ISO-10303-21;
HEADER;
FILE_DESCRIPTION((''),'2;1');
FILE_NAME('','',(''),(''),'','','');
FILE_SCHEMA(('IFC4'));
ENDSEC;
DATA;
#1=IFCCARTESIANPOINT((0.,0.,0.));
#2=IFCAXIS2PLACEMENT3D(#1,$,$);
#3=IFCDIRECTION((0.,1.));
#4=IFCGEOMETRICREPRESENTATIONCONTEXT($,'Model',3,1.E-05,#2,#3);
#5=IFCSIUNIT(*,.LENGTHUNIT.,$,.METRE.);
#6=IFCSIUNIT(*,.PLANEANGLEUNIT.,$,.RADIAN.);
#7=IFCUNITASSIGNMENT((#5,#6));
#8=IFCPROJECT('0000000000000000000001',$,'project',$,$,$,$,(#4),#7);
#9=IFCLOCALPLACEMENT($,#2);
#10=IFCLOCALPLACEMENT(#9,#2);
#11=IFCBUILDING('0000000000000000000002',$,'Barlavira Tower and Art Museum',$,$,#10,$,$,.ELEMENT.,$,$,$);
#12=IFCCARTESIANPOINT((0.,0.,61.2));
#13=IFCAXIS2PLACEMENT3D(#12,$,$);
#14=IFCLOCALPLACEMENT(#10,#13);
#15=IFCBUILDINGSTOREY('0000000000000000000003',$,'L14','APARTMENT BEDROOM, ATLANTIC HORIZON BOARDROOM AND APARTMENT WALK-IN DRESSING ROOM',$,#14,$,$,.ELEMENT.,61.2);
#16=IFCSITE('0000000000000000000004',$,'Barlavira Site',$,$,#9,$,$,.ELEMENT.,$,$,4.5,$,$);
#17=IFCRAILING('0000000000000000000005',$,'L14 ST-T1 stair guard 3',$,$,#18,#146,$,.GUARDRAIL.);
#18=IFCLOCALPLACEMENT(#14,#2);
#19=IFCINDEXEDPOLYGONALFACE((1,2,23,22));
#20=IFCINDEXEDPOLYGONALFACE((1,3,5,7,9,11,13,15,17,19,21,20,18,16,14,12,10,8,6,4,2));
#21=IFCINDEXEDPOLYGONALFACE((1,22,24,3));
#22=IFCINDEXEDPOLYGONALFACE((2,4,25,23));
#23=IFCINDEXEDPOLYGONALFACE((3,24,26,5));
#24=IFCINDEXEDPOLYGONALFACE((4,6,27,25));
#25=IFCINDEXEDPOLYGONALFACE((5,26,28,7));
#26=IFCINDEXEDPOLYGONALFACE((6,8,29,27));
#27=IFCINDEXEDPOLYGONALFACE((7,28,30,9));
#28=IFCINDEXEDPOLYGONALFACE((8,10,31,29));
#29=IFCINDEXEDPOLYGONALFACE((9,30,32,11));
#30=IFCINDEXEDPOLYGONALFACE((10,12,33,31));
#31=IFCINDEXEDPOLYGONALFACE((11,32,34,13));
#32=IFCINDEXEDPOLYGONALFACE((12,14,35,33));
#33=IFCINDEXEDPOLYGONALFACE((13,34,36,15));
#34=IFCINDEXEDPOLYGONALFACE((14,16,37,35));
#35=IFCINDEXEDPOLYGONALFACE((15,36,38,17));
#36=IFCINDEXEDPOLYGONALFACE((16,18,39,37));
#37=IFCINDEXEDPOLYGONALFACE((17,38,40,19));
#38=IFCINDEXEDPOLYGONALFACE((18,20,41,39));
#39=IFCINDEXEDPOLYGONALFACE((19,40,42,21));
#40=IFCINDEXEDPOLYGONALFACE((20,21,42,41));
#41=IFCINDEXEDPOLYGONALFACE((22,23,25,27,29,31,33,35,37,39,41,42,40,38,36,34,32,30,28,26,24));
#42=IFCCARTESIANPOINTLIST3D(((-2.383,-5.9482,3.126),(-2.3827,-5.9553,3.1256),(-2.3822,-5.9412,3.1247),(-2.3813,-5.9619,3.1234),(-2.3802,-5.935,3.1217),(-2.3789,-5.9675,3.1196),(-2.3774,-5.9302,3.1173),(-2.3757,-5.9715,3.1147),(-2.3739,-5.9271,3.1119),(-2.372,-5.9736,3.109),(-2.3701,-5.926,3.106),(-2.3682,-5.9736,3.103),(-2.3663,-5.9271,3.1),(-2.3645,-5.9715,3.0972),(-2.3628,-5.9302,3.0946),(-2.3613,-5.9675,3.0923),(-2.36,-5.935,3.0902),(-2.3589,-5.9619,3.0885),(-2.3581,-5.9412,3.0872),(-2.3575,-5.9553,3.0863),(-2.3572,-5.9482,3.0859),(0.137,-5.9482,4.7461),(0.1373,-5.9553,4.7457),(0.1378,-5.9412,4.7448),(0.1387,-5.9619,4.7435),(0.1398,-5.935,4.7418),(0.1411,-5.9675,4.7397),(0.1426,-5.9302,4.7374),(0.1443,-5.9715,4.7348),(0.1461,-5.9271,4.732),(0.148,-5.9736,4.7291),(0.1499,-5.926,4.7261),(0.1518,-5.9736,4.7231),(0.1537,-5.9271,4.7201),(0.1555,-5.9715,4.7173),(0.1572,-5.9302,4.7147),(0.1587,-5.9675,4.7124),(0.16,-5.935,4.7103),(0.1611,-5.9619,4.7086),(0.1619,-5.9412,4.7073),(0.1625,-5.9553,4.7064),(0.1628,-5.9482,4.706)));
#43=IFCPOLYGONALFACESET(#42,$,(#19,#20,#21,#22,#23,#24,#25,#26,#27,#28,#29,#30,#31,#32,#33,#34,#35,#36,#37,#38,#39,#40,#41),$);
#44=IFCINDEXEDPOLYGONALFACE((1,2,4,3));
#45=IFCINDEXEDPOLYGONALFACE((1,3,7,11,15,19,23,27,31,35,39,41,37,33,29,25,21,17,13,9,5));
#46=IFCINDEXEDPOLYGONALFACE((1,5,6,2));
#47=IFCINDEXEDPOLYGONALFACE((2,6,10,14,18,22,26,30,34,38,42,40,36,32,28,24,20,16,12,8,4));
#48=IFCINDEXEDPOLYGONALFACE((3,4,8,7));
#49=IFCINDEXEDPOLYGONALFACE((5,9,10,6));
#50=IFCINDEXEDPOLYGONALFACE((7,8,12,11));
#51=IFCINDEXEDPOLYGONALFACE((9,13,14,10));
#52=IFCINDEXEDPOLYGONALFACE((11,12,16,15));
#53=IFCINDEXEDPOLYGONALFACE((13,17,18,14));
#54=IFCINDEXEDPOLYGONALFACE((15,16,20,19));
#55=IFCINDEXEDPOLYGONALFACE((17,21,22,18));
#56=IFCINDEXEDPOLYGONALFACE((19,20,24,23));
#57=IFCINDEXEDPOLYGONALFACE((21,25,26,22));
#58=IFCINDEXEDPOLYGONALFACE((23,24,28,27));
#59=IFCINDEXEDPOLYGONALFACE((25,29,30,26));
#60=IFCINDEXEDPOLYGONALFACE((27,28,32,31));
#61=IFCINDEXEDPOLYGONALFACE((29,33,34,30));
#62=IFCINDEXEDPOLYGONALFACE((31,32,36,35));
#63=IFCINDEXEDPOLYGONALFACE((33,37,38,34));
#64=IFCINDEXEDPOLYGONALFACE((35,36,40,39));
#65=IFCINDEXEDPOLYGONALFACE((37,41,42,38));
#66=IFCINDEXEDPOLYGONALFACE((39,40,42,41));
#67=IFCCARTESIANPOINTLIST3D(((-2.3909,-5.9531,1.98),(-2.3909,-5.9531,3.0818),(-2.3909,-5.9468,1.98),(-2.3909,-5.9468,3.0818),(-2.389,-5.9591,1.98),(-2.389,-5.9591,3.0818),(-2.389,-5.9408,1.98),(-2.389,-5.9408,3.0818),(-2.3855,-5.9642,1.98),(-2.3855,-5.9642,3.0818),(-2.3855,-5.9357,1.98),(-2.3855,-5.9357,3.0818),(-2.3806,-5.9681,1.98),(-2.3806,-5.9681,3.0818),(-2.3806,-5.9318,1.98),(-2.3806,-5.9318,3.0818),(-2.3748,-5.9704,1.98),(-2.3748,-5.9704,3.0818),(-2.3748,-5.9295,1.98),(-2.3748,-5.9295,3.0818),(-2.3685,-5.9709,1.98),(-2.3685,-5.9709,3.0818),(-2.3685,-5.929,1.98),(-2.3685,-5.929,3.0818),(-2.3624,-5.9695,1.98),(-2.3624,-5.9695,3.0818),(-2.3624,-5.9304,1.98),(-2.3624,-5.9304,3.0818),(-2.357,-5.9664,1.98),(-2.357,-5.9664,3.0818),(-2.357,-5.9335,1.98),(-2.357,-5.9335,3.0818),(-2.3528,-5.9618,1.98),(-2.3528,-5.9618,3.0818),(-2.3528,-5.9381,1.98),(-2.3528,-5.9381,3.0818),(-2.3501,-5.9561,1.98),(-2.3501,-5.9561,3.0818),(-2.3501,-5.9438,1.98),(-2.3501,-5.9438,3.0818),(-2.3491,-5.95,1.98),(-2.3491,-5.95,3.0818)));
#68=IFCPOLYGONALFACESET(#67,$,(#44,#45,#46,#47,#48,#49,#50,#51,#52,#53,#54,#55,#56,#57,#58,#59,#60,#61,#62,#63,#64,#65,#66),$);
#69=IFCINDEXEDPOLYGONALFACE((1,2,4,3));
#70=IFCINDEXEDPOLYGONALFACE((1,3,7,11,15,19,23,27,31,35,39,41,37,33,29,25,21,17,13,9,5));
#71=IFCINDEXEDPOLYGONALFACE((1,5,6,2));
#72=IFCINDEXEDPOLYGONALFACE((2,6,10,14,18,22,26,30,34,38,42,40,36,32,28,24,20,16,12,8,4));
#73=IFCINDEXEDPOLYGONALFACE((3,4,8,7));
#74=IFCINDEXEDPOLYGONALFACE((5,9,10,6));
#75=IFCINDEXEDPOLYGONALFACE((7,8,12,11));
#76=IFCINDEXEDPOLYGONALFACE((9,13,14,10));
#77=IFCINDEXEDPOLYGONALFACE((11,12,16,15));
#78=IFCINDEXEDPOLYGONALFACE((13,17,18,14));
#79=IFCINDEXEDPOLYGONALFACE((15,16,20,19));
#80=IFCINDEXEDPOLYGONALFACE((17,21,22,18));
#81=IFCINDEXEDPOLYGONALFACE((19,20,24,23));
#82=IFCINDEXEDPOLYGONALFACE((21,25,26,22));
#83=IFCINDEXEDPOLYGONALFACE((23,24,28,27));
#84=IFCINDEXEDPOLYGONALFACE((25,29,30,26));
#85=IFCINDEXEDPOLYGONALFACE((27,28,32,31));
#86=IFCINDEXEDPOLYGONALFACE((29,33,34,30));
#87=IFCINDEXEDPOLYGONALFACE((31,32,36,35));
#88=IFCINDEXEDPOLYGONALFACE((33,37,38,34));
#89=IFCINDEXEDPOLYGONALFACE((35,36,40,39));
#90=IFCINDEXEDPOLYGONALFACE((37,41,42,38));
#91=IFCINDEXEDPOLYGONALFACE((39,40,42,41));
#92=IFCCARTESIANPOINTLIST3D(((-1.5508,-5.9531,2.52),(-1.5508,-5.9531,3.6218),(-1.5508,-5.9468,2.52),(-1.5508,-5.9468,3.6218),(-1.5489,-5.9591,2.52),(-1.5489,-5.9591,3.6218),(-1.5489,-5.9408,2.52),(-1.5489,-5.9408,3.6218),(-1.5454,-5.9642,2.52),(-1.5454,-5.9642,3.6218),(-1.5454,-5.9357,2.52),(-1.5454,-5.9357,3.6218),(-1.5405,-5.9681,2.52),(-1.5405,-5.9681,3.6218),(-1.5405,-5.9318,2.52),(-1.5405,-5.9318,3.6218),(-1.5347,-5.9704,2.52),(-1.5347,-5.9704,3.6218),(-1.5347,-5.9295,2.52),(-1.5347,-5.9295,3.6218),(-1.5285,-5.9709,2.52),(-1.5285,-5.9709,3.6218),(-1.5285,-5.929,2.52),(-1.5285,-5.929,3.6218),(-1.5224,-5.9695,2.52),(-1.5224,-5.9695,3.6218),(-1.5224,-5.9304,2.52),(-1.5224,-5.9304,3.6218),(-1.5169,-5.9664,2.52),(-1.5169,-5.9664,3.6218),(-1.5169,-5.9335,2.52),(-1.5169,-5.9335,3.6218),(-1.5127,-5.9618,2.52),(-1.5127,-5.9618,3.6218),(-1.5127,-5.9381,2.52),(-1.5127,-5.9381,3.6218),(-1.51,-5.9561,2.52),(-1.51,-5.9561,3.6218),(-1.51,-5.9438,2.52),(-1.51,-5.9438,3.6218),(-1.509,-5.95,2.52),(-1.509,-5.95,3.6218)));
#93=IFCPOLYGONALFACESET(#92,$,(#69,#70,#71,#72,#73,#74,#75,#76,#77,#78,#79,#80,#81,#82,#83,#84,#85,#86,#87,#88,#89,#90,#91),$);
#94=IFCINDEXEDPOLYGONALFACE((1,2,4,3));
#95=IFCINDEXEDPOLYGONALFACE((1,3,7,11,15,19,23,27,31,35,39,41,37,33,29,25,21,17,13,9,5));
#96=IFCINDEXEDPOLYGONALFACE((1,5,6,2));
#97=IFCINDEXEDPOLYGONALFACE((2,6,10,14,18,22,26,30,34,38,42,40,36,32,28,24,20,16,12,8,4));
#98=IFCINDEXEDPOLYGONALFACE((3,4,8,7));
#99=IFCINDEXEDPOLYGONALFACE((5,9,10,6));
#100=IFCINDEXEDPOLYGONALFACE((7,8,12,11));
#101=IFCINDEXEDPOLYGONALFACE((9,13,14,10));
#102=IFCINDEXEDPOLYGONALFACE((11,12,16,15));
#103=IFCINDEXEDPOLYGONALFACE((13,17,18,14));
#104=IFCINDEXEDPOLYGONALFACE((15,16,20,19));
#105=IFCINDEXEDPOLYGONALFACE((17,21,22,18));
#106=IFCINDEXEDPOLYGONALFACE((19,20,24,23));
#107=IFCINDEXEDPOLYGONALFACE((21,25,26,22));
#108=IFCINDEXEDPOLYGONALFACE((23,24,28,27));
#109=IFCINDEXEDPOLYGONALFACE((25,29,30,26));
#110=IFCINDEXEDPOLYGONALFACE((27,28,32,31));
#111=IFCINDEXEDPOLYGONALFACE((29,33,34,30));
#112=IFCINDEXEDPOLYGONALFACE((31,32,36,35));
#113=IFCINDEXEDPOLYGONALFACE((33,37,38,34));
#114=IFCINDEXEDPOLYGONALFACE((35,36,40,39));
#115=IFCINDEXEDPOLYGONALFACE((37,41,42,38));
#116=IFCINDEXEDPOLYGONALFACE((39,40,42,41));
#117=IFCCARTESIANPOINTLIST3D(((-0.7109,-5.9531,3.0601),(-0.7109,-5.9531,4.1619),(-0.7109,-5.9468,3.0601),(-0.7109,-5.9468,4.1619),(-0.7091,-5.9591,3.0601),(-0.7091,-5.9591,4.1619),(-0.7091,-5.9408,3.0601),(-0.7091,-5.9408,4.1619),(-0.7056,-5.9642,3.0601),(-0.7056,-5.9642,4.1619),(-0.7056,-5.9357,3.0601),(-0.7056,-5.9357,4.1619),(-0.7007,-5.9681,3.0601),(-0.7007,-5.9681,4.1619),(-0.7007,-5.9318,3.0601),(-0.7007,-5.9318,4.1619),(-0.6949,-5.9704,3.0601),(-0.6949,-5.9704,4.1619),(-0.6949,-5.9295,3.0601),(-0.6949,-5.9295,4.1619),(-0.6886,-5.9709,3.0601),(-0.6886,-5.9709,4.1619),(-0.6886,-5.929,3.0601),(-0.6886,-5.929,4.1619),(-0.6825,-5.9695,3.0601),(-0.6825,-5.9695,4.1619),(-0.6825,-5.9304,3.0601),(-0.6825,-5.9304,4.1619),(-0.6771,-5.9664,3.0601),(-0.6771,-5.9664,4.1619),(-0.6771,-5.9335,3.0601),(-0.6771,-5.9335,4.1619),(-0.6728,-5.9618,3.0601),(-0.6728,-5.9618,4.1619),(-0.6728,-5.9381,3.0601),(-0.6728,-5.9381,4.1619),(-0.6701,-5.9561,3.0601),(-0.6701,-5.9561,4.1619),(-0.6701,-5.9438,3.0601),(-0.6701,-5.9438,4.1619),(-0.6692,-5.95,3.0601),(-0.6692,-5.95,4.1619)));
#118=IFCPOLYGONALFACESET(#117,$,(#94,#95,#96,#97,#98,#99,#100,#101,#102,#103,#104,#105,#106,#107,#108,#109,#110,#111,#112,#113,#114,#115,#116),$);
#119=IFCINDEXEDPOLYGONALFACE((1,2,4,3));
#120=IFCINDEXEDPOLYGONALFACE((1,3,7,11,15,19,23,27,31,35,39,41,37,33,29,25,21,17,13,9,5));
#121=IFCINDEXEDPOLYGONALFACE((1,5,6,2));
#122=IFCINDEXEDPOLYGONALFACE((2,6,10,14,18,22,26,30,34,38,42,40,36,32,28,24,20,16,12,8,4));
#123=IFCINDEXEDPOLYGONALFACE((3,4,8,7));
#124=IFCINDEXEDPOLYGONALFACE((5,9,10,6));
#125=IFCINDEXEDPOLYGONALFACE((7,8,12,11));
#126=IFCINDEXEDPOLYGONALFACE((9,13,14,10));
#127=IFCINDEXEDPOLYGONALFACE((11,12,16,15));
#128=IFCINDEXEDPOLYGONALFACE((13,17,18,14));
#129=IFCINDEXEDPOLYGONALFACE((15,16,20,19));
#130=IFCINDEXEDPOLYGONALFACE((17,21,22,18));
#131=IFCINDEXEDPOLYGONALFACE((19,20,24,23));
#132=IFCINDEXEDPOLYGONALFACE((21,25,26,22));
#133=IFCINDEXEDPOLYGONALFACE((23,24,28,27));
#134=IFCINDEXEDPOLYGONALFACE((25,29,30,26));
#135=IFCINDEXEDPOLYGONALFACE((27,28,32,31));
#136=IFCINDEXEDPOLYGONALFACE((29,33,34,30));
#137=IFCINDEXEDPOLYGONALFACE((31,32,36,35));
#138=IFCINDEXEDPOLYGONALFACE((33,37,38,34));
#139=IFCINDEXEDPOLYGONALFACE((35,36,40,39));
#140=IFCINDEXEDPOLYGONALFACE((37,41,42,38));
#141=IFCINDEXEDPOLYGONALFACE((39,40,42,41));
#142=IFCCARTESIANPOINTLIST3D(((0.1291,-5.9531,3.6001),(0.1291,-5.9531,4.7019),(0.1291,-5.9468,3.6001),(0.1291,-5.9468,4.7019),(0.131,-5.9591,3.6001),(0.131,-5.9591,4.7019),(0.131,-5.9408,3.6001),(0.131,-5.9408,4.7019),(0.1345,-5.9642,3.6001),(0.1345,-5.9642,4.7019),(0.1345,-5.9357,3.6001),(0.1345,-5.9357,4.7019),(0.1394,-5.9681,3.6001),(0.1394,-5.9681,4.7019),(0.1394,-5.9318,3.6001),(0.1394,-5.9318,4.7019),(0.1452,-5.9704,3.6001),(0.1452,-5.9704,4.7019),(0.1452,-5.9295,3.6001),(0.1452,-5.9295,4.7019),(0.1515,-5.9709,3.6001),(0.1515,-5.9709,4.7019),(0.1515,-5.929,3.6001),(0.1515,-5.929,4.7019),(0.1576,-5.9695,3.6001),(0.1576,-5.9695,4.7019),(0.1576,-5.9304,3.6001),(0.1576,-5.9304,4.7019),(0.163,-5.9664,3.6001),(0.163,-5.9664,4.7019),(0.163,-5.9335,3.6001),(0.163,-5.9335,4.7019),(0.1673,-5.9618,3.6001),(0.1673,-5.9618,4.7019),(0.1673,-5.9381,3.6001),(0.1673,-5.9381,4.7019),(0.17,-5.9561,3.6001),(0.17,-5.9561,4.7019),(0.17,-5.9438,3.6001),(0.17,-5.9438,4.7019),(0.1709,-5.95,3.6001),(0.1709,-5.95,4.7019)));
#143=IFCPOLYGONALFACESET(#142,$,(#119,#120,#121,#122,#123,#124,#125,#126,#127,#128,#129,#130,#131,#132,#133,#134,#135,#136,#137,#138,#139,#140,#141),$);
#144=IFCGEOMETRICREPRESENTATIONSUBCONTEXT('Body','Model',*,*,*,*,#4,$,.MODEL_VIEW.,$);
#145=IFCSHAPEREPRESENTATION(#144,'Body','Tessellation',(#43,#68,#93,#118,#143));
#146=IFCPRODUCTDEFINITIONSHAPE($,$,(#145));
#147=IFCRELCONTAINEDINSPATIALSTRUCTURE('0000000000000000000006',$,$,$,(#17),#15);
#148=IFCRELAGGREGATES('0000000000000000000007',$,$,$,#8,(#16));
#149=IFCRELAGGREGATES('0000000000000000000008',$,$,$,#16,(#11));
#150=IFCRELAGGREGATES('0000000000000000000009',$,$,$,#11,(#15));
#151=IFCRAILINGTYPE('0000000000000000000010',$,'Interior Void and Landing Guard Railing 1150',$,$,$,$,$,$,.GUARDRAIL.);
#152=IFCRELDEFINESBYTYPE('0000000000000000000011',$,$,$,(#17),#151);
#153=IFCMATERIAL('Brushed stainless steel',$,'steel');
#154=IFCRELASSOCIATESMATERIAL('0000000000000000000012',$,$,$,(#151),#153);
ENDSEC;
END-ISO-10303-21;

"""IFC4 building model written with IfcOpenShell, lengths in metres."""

from ifc_helpers import new_model, si_unit, direction, frame, origin, origin_2d, place, context, subcontext, project, spatial, circle, extrude, material, type_object, element, save


model = new_model("IFC4")

# Units and contexts
model_context = context("Model", 3, precision=1e-05, world=origin(), true_north=direction((0.0, 1.0)))
body_context = subcontext(model_context, "Body", "Model", "MODEL_VIEW")
ifc_project = project(units=[si_unit("LENGTHUNIT", "METRE"), si_unit("PLANEANGLEUNIT", "RADIAN")], contexts=[model_context])

# Site, building, storey
site_placement = place(None, origin())
site = spatial("IfcSite", under=ifc_project, at=site_placement, Name="Barlavira Site", CompositionType="ELEMENT", RefElevation=4.5)
building_placement = place(site_placement, origin())
building = spatial("IfcBuilding", under=site, at=building_placement, Name="Barlavira Tower and Art Museum", CompositionType="ELEMENT")
storey_placement = place(building_placement, frame((0.0, 0.0, 61.2)))
storey = spatial("IfcBuildingStorey", under=building, at=storey_placement, Name="L14", Description="APARTMENT BEDROOM, ATLANTIC HORIZON BOARDROOM AND APARTMENT WALK-IN DRESSING ROOM", CompositionType="ELEMENT", Elevation=61.2)

# Shared definitions
ifc_material_1 = material(Name="Brushed stainless steel", Category="steel")

# Railing
railing_type_1 = type_object("IfcRailingType", Name="Interior Void and Landing Guard Railing 1150", PredefinedType="GUARDRAIL", material=ifc_material_1)
railing_1_placement = place(storey_placement, frame((-2.3701, -5.95, 1.98)))
element("IfcRailing", 1, at=railing_1_placement, inside=storey, type_object=railing_type_1, Name="L14 ST-T1 stair guard 3", PredefinedType="GUARDRAIL", context=body_context, shape_type="SweptSolid", body=[
    extrude(circle(Radius=0.0239, at=origin_2d()), frame((0.0, 0.0, 1.126), z_axis=(0.841163, 0.0, 0.540782), x_axis=(0.0, 1.0, 0.0)), (0.0, 0.0, 1.0), 2.9958),
    extrude(circle(Radius=0.021, at=origin_2d()), origin(), (0.0, 0.0, 1.0), 1.1018),
    extrude(circle(Radius=0.021, at=origin_2d()), frame((0.8401, 0.0, 0.54)), (0.0, 0.0, 1.0), 1.1018),
    extrude(circle(Radius=0.021, at=origin_2d()), frame((1.6799, 0.0, 1.0801)), (0.0, 0.0, 1.0), 1.1018),
    extrude(circle(Radius=0.021, at=origin_2d()), frame((2.52, 0.0, 1.6201)), (0.0, 0.0, 1.0), 1.1018),
])

save(model, "model.ifc")
